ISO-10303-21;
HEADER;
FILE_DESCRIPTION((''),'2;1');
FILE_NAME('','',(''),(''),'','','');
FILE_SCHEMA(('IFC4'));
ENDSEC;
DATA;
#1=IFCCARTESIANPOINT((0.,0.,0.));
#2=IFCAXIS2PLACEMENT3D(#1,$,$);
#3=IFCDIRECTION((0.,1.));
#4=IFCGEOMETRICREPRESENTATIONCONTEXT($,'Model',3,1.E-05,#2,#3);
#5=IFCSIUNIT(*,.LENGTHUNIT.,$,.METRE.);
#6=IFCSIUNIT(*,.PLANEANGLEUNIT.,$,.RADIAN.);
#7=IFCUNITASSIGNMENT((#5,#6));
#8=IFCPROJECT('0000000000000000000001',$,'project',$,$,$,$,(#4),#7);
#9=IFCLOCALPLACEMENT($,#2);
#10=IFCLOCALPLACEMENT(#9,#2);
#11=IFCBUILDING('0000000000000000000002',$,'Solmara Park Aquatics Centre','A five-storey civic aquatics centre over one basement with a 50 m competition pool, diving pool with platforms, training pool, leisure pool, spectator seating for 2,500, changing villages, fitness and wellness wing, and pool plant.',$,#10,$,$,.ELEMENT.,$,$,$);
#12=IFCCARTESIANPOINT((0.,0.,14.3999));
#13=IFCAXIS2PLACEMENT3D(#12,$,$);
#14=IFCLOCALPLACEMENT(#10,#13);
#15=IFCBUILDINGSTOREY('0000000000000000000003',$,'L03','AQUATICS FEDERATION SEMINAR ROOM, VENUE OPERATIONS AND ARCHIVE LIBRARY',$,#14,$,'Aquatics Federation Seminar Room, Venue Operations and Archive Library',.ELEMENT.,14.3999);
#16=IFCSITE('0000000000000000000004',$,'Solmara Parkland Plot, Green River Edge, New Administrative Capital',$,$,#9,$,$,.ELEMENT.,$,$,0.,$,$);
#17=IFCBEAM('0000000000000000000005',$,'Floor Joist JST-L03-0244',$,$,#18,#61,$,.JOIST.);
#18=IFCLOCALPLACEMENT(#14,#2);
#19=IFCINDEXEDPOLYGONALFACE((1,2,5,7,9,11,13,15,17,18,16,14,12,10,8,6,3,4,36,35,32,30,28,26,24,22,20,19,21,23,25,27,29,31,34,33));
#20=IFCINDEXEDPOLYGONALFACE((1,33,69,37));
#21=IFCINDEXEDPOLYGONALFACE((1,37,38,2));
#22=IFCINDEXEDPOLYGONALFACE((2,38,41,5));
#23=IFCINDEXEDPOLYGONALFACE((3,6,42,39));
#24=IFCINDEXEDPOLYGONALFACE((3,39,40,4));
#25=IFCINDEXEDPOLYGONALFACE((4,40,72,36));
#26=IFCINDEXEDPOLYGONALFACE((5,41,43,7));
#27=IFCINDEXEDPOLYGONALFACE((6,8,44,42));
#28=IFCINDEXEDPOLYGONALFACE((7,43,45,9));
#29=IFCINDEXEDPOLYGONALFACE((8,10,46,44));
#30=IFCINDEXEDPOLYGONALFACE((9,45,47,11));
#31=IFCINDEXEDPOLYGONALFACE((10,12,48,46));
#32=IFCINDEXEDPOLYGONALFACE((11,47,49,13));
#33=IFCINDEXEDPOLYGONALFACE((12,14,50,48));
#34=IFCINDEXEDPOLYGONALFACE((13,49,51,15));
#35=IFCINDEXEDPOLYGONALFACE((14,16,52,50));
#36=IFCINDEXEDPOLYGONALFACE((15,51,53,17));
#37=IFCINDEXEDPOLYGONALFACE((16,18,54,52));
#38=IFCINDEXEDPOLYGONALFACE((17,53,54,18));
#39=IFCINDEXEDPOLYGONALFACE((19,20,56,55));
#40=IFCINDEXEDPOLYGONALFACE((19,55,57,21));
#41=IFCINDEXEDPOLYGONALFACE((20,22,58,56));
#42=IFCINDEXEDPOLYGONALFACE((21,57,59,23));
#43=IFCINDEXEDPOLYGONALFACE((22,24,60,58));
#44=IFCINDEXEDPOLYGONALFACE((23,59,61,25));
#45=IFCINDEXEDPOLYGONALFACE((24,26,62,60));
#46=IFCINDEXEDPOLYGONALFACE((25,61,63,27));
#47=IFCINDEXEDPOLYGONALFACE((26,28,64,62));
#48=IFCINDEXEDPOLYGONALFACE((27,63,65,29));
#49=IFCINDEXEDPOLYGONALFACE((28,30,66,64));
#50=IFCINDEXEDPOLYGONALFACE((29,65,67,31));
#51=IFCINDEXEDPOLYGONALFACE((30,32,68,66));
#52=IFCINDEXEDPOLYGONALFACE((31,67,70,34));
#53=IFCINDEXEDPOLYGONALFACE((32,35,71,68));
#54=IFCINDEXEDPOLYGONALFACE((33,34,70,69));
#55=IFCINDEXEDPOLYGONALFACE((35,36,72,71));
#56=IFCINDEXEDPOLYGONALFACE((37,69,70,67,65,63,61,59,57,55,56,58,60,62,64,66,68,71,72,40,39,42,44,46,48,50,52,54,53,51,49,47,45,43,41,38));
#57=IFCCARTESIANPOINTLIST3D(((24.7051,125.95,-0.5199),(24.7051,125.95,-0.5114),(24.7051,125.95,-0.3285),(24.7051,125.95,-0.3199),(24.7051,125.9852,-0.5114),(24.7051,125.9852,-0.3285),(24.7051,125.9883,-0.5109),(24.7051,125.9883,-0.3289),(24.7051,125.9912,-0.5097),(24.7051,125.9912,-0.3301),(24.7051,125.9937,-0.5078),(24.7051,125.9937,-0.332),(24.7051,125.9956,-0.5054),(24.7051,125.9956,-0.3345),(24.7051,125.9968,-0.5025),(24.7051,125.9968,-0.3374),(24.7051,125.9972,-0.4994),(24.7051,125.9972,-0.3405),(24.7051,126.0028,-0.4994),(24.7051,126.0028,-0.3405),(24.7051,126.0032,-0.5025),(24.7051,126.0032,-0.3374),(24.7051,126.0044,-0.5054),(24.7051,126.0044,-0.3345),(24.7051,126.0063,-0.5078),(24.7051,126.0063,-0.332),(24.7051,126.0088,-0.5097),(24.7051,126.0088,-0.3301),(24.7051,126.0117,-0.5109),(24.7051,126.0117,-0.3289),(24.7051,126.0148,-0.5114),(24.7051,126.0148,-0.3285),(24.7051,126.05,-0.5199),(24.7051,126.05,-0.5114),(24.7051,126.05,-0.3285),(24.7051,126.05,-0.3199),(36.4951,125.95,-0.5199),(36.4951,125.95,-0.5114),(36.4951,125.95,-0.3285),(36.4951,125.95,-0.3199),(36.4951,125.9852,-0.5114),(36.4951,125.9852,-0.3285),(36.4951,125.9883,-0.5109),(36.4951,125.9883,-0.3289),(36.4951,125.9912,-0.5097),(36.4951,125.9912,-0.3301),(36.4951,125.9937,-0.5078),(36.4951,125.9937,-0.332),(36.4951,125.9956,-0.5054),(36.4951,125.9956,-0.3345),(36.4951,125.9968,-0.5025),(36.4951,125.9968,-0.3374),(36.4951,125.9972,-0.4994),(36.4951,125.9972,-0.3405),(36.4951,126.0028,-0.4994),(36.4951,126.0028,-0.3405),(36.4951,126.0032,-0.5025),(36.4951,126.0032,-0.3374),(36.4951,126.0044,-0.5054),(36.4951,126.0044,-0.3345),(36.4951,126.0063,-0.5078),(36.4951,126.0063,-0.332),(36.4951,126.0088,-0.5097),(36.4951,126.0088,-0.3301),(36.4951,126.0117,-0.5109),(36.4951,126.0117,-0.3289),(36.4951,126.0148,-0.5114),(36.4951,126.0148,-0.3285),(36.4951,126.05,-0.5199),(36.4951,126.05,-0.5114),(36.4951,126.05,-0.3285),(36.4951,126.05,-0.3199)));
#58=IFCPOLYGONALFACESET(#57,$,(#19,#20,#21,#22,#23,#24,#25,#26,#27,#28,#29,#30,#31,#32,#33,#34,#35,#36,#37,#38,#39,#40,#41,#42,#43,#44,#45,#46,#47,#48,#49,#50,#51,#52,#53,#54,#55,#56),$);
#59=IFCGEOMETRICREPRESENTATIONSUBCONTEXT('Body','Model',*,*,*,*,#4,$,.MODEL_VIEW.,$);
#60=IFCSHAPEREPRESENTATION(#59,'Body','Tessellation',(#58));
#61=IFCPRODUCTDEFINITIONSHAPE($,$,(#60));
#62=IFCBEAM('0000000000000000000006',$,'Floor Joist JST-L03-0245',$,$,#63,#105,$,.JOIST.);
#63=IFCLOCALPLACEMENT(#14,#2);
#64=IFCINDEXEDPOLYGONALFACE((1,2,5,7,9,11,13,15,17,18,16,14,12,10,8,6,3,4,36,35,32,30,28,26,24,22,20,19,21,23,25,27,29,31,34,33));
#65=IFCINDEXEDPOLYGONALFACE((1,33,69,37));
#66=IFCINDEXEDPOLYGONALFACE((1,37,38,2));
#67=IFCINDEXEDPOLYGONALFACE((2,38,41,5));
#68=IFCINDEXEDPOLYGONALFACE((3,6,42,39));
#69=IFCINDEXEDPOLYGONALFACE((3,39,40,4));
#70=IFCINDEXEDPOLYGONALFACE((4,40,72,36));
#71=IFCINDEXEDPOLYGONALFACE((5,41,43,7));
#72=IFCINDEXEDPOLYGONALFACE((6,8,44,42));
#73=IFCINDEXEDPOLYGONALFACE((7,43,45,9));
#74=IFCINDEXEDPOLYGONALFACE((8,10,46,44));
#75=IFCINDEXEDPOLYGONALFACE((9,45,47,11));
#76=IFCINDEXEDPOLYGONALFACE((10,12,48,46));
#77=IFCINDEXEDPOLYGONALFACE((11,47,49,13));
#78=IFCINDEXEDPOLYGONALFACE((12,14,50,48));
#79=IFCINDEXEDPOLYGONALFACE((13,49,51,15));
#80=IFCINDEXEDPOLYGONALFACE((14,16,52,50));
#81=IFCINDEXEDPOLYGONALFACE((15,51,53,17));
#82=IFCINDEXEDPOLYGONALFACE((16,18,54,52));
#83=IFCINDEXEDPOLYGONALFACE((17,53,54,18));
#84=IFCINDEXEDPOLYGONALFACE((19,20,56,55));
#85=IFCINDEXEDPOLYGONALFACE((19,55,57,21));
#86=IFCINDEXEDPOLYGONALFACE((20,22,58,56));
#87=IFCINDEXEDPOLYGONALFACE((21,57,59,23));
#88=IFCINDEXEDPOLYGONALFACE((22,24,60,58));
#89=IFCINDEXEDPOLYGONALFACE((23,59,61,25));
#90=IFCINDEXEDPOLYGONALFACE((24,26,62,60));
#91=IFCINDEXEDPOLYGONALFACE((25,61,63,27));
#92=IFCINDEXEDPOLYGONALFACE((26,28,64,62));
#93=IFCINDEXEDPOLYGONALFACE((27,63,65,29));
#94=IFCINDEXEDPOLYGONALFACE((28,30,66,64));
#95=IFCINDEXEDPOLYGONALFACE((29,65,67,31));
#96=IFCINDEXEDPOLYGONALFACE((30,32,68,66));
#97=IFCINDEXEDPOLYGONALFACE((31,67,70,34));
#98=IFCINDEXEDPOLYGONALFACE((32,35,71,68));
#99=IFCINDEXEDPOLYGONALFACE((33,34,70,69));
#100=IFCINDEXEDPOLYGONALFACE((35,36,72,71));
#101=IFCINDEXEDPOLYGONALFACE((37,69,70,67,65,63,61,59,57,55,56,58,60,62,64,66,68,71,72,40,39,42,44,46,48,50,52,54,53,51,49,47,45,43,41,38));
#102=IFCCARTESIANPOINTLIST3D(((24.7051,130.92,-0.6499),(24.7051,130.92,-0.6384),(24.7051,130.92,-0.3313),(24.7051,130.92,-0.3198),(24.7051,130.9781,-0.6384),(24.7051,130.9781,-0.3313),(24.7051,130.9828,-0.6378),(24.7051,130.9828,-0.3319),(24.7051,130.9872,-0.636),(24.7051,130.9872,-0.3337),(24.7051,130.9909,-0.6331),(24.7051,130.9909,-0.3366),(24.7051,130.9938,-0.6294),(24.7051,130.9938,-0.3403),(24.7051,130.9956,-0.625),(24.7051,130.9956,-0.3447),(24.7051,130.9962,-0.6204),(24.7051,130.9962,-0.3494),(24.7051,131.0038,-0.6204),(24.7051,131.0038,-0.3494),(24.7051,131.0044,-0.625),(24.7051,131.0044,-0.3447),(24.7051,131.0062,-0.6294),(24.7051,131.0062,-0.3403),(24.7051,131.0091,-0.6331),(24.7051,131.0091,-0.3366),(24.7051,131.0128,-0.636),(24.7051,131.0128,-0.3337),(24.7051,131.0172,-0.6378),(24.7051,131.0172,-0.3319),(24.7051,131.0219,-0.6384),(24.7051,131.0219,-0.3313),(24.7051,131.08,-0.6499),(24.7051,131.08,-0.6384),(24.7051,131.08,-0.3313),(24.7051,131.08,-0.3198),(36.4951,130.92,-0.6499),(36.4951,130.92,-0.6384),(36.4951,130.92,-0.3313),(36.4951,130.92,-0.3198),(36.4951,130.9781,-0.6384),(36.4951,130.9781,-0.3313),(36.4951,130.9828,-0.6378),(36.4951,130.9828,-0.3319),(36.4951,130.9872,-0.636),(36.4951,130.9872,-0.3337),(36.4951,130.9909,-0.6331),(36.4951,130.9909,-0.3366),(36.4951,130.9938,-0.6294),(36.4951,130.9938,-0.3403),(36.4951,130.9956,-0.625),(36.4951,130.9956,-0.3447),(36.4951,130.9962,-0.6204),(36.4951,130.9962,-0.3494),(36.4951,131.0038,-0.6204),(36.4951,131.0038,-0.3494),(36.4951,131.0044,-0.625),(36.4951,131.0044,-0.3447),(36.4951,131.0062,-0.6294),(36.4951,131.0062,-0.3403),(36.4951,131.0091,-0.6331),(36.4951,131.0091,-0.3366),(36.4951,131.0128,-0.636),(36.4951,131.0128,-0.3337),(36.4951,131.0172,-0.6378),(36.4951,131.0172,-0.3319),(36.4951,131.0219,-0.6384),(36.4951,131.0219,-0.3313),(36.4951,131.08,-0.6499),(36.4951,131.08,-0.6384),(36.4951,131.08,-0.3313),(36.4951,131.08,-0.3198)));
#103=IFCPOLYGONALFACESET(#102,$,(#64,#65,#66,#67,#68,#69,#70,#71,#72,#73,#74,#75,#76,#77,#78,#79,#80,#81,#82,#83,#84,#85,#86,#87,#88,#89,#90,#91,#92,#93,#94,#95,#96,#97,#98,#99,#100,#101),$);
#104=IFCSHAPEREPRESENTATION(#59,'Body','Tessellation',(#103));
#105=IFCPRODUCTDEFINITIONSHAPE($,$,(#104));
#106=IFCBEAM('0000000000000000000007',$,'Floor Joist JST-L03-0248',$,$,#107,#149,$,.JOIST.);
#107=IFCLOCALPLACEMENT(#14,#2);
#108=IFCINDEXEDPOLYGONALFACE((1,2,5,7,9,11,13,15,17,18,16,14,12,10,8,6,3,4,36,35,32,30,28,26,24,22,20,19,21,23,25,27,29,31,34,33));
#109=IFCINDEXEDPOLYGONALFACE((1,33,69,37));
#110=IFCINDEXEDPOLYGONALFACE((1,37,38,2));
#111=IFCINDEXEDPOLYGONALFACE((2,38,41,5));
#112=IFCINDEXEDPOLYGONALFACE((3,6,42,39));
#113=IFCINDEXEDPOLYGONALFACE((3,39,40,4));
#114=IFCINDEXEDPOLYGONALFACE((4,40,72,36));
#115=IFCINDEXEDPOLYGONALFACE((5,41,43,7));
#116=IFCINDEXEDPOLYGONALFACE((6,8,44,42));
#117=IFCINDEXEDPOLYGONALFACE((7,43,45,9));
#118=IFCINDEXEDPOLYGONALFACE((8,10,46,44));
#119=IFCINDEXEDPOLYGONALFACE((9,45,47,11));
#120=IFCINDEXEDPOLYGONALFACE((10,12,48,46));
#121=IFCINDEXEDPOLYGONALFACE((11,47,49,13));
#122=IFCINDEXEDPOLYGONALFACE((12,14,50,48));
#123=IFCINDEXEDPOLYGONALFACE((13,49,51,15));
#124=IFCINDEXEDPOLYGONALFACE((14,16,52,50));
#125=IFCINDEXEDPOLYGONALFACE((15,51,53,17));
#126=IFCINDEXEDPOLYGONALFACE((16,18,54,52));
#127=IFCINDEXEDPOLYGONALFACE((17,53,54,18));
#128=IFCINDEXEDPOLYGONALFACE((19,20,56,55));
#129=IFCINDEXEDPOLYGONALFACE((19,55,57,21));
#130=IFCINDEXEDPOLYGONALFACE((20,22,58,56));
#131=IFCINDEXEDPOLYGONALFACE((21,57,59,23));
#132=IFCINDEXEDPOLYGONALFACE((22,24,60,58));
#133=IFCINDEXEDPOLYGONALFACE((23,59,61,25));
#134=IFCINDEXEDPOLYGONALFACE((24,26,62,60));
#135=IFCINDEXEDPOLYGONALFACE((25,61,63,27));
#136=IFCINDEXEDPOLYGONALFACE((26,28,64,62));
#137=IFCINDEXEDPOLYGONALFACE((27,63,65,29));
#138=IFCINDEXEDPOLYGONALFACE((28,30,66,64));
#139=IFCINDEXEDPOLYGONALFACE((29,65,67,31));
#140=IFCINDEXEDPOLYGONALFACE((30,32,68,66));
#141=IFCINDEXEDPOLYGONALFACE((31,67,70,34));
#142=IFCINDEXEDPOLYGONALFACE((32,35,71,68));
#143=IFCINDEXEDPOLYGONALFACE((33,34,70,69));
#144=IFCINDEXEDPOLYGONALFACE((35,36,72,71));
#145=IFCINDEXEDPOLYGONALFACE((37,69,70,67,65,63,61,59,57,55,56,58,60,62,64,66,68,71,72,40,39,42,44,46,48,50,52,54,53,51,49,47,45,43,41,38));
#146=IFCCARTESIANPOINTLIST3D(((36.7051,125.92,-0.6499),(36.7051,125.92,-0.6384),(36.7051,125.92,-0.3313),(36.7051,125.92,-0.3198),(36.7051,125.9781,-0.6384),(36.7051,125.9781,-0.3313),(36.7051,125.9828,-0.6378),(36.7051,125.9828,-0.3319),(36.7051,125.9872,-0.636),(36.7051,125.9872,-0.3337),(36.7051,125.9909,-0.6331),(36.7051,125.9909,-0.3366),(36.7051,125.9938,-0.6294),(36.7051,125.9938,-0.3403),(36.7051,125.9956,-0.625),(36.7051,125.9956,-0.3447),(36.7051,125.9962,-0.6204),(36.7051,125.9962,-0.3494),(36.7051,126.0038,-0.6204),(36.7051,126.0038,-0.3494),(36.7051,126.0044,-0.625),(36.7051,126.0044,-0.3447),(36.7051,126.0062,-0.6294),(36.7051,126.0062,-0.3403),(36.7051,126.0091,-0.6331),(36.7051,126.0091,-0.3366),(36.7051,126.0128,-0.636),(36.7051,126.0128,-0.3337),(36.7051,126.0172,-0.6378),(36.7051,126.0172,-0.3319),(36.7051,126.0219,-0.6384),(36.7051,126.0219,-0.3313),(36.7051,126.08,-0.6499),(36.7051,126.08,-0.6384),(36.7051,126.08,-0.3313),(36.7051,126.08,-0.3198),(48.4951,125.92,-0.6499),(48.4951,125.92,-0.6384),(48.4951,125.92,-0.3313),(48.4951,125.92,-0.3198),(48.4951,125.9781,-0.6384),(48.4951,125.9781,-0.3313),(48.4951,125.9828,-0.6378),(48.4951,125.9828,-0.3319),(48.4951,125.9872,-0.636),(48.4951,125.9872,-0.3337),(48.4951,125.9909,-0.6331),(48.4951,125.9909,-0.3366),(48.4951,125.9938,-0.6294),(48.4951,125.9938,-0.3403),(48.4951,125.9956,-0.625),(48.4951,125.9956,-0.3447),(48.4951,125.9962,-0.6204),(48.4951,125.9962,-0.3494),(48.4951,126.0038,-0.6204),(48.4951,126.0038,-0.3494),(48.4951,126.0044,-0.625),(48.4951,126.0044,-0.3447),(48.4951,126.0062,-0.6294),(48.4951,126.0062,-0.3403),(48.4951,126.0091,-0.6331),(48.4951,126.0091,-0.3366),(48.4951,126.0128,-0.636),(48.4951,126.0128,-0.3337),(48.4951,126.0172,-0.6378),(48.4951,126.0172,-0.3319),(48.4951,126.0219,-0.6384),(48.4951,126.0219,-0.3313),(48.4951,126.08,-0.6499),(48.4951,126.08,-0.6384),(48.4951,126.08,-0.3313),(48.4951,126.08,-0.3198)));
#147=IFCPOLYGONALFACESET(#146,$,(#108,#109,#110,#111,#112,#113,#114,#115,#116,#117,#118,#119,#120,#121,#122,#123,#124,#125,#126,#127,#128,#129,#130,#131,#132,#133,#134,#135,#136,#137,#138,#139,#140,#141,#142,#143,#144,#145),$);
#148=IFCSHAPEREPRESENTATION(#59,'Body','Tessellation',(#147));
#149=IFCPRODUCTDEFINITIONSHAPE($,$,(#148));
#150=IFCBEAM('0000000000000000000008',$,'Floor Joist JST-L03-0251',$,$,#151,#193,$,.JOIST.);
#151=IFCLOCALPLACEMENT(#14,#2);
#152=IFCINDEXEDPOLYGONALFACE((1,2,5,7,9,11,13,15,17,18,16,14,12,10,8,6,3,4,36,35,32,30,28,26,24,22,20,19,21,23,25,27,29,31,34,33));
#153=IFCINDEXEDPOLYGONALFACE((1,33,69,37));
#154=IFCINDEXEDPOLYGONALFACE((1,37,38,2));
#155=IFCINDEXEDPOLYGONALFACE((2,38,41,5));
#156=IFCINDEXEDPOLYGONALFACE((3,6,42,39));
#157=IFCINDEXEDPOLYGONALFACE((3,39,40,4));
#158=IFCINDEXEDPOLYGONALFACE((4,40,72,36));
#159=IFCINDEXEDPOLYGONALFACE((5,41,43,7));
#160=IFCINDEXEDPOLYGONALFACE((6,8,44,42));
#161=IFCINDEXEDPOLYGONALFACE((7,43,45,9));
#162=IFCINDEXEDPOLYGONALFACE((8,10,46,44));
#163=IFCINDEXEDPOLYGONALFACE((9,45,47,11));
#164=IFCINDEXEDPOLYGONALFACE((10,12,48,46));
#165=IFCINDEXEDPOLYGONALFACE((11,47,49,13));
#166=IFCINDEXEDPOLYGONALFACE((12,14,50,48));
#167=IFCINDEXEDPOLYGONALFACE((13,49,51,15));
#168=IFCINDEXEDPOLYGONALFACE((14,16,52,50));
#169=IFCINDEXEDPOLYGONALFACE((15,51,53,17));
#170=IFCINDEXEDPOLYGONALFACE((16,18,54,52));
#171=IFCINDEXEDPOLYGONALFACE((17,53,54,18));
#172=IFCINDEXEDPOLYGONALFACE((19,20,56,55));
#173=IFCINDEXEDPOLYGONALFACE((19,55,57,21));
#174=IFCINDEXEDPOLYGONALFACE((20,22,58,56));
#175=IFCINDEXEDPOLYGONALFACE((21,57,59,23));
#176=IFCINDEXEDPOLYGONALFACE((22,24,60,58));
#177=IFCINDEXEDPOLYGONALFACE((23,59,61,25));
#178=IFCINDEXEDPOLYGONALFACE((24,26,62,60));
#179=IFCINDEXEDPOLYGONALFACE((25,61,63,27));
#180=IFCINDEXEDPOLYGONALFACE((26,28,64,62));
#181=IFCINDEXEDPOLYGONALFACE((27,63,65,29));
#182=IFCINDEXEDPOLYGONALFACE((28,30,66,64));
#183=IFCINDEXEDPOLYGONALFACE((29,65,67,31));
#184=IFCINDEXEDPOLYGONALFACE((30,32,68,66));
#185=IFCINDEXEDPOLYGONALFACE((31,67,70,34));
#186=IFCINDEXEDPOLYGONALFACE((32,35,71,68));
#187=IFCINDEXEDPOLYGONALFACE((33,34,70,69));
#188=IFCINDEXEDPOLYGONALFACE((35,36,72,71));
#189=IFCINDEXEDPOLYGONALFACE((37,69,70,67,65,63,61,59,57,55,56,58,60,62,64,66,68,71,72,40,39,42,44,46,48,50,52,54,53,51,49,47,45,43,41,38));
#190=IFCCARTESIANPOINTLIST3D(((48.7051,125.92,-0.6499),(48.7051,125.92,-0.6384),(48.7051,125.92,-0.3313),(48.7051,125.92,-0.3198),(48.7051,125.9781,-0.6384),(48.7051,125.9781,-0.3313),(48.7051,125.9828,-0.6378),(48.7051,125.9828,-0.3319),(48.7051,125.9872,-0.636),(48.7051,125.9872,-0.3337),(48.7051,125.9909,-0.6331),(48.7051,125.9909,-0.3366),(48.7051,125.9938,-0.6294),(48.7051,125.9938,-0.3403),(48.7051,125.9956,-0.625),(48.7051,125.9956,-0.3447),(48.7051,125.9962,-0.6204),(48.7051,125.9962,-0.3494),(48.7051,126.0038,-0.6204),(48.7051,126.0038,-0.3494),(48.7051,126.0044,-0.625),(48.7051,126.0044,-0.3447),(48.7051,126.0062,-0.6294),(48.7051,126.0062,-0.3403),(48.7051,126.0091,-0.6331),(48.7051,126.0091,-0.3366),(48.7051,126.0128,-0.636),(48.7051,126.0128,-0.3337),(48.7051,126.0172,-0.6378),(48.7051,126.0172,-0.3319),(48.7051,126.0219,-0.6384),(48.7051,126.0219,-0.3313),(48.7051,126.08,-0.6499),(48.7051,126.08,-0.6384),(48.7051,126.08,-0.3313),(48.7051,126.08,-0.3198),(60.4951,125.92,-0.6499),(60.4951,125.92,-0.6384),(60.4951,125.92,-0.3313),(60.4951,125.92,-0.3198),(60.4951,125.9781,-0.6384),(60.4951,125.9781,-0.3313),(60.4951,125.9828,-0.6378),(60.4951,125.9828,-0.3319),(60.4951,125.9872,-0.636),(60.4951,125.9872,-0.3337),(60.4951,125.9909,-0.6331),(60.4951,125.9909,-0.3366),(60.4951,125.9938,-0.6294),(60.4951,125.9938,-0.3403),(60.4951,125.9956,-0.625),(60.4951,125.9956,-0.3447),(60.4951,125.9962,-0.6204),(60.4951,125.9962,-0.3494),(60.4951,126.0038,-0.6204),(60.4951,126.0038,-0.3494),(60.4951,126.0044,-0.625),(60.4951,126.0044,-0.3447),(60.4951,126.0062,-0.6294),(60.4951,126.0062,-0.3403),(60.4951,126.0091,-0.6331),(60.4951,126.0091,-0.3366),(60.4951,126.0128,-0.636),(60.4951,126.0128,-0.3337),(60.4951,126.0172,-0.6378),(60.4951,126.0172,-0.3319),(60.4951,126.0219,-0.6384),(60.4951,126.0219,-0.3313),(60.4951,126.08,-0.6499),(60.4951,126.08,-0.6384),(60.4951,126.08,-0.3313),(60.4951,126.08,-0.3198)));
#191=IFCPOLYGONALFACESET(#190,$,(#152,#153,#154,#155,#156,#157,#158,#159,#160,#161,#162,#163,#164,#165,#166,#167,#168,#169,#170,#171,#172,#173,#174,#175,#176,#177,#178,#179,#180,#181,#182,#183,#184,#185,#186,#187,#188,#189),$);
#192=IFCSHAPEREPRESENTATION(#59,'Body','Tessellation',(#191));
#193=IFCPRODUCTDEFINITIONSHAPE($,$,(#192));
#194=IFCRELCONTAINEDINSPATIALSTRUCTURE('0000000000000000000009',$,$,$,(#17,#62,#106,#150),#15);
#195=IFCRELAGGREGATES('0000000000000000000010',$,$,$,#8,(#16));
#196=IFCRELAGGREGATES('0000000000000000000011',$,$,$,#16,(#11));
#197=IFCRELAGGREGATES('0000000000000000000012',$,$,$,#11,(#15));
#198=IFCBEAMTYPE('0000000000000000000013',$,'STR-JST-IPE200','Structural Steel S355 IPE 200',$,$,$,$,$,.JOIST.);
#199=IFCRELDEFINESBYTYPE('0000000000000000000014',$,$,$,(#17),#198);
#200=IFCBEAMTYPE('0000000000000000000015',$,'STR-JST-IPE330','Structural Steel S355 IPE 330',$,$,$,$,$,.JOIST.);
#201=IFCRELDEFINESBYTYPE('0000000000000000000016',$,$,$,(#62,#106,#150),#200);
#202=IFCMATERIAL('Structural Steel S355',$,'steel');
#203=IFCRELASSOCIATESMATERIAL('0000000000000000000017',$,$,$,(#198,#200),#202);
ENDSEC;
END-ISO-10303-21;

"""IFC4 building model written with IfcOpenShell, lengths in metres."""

from ifc_helpers import new_model, si_unit, direction, frame, origin, origin_2d, place, context, subcontext, project, spatial, i_section, extrude, material, material_profile, profile_set, type_object, element, save


model = new_model("IFC4")

# Units and contexts
model_context = context("Model", 3, precision=1e-05, world=origin(), true_north=direction((0.0, 1.0)))
body_context = subcontext(model_context, "Body", "Model", "MODEL_VIEW")
ifc_project = project(units=[si_unit("LENGTHUNIT", "METRE"), si_unit("PLANEANGLEUNIT", "RADIAN")], contexts=[model_context])

# Site, building, storey
site_placement = place(None, origin())
site = spatial("IfcSite", under=ifc_project, at=site_placement, Name="Solmara Parkland Plot, Green River Edge, New Administrative Capital", CompositionType="ELEMENT", RefElevation=0.0)
building_placement = place(site_placement, origin())
building = spatial("IfcBuilding", under=site, at=building_placement, Name="Solmara Park Aquatics Centre", Description="A five-storey civic aquatics centre over one basement with a 50 m competition pool, diving pool with platforms, training pool, leisure pool, spectator seating for 2,500, changing villages, fitness and wellness wing, and pool plant.", CompositionType="ELEMENT")
storey_placement = place(building_placement, frame((0.0, 0.0, 14.3999)))
storey = spatial("IfcBuildingStorey", under=building, at=storey_placement, Name="L03", Description="AQUATICS FEDERATION SEMINAR ROOM, VENUE OPERATIONS AND ARCHIVE LIBRARY", LongName="Aquatics Federation Seminar Room, Venue Operations and Archive Library", CompositionType="ELEMENT", Elevation=14.3999)

# Beams
ifc_material_1 = material(Name="Structural Steel S355", Category="steel")
ifc_material_profile_1 = material_profile(ifc_material_1, i_section(OverallWidth=0.1001, OverallDepth=0.2, WebThickness=0.0056, FlangeThickness=0.0085, FilletRadius=0.012, at=origin_2d()), Name="IPE 200")
ifc_profile_set_1 = profile_set([ifc_material_profile_1], Name="Structural Steel S355")
beam_type_1 = type_object("IfcBeamType", Name="STR-JST-IPE200", Description="Structural Steel S355 IPE 200", PredefinedType="JOIST", material=ifc_profile_set_1)
beam_1_placement = place(storey_placement, frame((24.7051, 126.0, -0.4199), z_axis=(1.0, 0.0, 0.0), x_axis=(0.0, 1.0, 0.0)))
element("IfcBeam", 1, at=beam_1_placement, inside=storey, type_object=beam_type_1, Name="Floor Joist JST-L03-0244", PredefinedType="JOIST", context=body_context, shape_type="SweptSolid", body=[
    extrude(i_section(OverallWidth=0.1001, OverallDepth=0.2, WebThickness=0.0056, FlangeThickness=0.0085, FilletRadius=0.012, at=origin_2d()), origin(), (0.0, 0.0, 1.0), 11.79),
])
ifc_material_profile_2 = material_profile(ifc_material_1, i_section(OverallWidth=0.1599, OverallDepth=0.3301, WebThickness=0.0076, FlangeThickness=0.0115, FilletRadius=0.0181, at=origin_2d()), Name="IPE 330")
ifc_profile_set_2 = profile_set([ifc_material_profile_2], Name="Structural Steel S355")
beam_type_2 = type_object("IfcBeamType", Name="STR-JST-IPE330", Description="Structural Steel S355 IPE 330", PredefinedType="JOIST", material=ifc_profile_set_2)
for number, where, z_axis, x_axis, name in (
    (2, (24.7051, 131.0, -0.4849), (1.0, 0.0, 0.0), (0.0, 1.0, 0.0), "Floor Joist JST-L03-0245"),
    (3, (36.7051, 126.0, -0.4849), (1.0, 0.0, 0.0), (0.0, 1.0, 0.0), "Floor Joist JST-L03-0248"),
    (4, (48.7051, 126.0, -0.4849), (1.0, 0.0, 0.0), (0.0, 1.0, 0.0), "Floor Joist JST-L03-0251"),
):
    element("IfcBeam", number, at=place(storey_placement, frame(where, z_axis=z_axis, x_axis=x_axis)), inside=storey, type_object=beam_type_2, Name=name, PredefinedType="JOIST", context=body_context, shape_type="SweptSolid", body=[
        extrude(i_section(OverallWidth=0.1599, OverallDepth=0.3301, WebThickness=0.0076, FlangeThickness=0.0115, FilletRadius=0.0181, at=origin_2d()), origin(), (0.0, 0.0, 1.0), 11.79),
    ])

save(model, "model.ifc")
